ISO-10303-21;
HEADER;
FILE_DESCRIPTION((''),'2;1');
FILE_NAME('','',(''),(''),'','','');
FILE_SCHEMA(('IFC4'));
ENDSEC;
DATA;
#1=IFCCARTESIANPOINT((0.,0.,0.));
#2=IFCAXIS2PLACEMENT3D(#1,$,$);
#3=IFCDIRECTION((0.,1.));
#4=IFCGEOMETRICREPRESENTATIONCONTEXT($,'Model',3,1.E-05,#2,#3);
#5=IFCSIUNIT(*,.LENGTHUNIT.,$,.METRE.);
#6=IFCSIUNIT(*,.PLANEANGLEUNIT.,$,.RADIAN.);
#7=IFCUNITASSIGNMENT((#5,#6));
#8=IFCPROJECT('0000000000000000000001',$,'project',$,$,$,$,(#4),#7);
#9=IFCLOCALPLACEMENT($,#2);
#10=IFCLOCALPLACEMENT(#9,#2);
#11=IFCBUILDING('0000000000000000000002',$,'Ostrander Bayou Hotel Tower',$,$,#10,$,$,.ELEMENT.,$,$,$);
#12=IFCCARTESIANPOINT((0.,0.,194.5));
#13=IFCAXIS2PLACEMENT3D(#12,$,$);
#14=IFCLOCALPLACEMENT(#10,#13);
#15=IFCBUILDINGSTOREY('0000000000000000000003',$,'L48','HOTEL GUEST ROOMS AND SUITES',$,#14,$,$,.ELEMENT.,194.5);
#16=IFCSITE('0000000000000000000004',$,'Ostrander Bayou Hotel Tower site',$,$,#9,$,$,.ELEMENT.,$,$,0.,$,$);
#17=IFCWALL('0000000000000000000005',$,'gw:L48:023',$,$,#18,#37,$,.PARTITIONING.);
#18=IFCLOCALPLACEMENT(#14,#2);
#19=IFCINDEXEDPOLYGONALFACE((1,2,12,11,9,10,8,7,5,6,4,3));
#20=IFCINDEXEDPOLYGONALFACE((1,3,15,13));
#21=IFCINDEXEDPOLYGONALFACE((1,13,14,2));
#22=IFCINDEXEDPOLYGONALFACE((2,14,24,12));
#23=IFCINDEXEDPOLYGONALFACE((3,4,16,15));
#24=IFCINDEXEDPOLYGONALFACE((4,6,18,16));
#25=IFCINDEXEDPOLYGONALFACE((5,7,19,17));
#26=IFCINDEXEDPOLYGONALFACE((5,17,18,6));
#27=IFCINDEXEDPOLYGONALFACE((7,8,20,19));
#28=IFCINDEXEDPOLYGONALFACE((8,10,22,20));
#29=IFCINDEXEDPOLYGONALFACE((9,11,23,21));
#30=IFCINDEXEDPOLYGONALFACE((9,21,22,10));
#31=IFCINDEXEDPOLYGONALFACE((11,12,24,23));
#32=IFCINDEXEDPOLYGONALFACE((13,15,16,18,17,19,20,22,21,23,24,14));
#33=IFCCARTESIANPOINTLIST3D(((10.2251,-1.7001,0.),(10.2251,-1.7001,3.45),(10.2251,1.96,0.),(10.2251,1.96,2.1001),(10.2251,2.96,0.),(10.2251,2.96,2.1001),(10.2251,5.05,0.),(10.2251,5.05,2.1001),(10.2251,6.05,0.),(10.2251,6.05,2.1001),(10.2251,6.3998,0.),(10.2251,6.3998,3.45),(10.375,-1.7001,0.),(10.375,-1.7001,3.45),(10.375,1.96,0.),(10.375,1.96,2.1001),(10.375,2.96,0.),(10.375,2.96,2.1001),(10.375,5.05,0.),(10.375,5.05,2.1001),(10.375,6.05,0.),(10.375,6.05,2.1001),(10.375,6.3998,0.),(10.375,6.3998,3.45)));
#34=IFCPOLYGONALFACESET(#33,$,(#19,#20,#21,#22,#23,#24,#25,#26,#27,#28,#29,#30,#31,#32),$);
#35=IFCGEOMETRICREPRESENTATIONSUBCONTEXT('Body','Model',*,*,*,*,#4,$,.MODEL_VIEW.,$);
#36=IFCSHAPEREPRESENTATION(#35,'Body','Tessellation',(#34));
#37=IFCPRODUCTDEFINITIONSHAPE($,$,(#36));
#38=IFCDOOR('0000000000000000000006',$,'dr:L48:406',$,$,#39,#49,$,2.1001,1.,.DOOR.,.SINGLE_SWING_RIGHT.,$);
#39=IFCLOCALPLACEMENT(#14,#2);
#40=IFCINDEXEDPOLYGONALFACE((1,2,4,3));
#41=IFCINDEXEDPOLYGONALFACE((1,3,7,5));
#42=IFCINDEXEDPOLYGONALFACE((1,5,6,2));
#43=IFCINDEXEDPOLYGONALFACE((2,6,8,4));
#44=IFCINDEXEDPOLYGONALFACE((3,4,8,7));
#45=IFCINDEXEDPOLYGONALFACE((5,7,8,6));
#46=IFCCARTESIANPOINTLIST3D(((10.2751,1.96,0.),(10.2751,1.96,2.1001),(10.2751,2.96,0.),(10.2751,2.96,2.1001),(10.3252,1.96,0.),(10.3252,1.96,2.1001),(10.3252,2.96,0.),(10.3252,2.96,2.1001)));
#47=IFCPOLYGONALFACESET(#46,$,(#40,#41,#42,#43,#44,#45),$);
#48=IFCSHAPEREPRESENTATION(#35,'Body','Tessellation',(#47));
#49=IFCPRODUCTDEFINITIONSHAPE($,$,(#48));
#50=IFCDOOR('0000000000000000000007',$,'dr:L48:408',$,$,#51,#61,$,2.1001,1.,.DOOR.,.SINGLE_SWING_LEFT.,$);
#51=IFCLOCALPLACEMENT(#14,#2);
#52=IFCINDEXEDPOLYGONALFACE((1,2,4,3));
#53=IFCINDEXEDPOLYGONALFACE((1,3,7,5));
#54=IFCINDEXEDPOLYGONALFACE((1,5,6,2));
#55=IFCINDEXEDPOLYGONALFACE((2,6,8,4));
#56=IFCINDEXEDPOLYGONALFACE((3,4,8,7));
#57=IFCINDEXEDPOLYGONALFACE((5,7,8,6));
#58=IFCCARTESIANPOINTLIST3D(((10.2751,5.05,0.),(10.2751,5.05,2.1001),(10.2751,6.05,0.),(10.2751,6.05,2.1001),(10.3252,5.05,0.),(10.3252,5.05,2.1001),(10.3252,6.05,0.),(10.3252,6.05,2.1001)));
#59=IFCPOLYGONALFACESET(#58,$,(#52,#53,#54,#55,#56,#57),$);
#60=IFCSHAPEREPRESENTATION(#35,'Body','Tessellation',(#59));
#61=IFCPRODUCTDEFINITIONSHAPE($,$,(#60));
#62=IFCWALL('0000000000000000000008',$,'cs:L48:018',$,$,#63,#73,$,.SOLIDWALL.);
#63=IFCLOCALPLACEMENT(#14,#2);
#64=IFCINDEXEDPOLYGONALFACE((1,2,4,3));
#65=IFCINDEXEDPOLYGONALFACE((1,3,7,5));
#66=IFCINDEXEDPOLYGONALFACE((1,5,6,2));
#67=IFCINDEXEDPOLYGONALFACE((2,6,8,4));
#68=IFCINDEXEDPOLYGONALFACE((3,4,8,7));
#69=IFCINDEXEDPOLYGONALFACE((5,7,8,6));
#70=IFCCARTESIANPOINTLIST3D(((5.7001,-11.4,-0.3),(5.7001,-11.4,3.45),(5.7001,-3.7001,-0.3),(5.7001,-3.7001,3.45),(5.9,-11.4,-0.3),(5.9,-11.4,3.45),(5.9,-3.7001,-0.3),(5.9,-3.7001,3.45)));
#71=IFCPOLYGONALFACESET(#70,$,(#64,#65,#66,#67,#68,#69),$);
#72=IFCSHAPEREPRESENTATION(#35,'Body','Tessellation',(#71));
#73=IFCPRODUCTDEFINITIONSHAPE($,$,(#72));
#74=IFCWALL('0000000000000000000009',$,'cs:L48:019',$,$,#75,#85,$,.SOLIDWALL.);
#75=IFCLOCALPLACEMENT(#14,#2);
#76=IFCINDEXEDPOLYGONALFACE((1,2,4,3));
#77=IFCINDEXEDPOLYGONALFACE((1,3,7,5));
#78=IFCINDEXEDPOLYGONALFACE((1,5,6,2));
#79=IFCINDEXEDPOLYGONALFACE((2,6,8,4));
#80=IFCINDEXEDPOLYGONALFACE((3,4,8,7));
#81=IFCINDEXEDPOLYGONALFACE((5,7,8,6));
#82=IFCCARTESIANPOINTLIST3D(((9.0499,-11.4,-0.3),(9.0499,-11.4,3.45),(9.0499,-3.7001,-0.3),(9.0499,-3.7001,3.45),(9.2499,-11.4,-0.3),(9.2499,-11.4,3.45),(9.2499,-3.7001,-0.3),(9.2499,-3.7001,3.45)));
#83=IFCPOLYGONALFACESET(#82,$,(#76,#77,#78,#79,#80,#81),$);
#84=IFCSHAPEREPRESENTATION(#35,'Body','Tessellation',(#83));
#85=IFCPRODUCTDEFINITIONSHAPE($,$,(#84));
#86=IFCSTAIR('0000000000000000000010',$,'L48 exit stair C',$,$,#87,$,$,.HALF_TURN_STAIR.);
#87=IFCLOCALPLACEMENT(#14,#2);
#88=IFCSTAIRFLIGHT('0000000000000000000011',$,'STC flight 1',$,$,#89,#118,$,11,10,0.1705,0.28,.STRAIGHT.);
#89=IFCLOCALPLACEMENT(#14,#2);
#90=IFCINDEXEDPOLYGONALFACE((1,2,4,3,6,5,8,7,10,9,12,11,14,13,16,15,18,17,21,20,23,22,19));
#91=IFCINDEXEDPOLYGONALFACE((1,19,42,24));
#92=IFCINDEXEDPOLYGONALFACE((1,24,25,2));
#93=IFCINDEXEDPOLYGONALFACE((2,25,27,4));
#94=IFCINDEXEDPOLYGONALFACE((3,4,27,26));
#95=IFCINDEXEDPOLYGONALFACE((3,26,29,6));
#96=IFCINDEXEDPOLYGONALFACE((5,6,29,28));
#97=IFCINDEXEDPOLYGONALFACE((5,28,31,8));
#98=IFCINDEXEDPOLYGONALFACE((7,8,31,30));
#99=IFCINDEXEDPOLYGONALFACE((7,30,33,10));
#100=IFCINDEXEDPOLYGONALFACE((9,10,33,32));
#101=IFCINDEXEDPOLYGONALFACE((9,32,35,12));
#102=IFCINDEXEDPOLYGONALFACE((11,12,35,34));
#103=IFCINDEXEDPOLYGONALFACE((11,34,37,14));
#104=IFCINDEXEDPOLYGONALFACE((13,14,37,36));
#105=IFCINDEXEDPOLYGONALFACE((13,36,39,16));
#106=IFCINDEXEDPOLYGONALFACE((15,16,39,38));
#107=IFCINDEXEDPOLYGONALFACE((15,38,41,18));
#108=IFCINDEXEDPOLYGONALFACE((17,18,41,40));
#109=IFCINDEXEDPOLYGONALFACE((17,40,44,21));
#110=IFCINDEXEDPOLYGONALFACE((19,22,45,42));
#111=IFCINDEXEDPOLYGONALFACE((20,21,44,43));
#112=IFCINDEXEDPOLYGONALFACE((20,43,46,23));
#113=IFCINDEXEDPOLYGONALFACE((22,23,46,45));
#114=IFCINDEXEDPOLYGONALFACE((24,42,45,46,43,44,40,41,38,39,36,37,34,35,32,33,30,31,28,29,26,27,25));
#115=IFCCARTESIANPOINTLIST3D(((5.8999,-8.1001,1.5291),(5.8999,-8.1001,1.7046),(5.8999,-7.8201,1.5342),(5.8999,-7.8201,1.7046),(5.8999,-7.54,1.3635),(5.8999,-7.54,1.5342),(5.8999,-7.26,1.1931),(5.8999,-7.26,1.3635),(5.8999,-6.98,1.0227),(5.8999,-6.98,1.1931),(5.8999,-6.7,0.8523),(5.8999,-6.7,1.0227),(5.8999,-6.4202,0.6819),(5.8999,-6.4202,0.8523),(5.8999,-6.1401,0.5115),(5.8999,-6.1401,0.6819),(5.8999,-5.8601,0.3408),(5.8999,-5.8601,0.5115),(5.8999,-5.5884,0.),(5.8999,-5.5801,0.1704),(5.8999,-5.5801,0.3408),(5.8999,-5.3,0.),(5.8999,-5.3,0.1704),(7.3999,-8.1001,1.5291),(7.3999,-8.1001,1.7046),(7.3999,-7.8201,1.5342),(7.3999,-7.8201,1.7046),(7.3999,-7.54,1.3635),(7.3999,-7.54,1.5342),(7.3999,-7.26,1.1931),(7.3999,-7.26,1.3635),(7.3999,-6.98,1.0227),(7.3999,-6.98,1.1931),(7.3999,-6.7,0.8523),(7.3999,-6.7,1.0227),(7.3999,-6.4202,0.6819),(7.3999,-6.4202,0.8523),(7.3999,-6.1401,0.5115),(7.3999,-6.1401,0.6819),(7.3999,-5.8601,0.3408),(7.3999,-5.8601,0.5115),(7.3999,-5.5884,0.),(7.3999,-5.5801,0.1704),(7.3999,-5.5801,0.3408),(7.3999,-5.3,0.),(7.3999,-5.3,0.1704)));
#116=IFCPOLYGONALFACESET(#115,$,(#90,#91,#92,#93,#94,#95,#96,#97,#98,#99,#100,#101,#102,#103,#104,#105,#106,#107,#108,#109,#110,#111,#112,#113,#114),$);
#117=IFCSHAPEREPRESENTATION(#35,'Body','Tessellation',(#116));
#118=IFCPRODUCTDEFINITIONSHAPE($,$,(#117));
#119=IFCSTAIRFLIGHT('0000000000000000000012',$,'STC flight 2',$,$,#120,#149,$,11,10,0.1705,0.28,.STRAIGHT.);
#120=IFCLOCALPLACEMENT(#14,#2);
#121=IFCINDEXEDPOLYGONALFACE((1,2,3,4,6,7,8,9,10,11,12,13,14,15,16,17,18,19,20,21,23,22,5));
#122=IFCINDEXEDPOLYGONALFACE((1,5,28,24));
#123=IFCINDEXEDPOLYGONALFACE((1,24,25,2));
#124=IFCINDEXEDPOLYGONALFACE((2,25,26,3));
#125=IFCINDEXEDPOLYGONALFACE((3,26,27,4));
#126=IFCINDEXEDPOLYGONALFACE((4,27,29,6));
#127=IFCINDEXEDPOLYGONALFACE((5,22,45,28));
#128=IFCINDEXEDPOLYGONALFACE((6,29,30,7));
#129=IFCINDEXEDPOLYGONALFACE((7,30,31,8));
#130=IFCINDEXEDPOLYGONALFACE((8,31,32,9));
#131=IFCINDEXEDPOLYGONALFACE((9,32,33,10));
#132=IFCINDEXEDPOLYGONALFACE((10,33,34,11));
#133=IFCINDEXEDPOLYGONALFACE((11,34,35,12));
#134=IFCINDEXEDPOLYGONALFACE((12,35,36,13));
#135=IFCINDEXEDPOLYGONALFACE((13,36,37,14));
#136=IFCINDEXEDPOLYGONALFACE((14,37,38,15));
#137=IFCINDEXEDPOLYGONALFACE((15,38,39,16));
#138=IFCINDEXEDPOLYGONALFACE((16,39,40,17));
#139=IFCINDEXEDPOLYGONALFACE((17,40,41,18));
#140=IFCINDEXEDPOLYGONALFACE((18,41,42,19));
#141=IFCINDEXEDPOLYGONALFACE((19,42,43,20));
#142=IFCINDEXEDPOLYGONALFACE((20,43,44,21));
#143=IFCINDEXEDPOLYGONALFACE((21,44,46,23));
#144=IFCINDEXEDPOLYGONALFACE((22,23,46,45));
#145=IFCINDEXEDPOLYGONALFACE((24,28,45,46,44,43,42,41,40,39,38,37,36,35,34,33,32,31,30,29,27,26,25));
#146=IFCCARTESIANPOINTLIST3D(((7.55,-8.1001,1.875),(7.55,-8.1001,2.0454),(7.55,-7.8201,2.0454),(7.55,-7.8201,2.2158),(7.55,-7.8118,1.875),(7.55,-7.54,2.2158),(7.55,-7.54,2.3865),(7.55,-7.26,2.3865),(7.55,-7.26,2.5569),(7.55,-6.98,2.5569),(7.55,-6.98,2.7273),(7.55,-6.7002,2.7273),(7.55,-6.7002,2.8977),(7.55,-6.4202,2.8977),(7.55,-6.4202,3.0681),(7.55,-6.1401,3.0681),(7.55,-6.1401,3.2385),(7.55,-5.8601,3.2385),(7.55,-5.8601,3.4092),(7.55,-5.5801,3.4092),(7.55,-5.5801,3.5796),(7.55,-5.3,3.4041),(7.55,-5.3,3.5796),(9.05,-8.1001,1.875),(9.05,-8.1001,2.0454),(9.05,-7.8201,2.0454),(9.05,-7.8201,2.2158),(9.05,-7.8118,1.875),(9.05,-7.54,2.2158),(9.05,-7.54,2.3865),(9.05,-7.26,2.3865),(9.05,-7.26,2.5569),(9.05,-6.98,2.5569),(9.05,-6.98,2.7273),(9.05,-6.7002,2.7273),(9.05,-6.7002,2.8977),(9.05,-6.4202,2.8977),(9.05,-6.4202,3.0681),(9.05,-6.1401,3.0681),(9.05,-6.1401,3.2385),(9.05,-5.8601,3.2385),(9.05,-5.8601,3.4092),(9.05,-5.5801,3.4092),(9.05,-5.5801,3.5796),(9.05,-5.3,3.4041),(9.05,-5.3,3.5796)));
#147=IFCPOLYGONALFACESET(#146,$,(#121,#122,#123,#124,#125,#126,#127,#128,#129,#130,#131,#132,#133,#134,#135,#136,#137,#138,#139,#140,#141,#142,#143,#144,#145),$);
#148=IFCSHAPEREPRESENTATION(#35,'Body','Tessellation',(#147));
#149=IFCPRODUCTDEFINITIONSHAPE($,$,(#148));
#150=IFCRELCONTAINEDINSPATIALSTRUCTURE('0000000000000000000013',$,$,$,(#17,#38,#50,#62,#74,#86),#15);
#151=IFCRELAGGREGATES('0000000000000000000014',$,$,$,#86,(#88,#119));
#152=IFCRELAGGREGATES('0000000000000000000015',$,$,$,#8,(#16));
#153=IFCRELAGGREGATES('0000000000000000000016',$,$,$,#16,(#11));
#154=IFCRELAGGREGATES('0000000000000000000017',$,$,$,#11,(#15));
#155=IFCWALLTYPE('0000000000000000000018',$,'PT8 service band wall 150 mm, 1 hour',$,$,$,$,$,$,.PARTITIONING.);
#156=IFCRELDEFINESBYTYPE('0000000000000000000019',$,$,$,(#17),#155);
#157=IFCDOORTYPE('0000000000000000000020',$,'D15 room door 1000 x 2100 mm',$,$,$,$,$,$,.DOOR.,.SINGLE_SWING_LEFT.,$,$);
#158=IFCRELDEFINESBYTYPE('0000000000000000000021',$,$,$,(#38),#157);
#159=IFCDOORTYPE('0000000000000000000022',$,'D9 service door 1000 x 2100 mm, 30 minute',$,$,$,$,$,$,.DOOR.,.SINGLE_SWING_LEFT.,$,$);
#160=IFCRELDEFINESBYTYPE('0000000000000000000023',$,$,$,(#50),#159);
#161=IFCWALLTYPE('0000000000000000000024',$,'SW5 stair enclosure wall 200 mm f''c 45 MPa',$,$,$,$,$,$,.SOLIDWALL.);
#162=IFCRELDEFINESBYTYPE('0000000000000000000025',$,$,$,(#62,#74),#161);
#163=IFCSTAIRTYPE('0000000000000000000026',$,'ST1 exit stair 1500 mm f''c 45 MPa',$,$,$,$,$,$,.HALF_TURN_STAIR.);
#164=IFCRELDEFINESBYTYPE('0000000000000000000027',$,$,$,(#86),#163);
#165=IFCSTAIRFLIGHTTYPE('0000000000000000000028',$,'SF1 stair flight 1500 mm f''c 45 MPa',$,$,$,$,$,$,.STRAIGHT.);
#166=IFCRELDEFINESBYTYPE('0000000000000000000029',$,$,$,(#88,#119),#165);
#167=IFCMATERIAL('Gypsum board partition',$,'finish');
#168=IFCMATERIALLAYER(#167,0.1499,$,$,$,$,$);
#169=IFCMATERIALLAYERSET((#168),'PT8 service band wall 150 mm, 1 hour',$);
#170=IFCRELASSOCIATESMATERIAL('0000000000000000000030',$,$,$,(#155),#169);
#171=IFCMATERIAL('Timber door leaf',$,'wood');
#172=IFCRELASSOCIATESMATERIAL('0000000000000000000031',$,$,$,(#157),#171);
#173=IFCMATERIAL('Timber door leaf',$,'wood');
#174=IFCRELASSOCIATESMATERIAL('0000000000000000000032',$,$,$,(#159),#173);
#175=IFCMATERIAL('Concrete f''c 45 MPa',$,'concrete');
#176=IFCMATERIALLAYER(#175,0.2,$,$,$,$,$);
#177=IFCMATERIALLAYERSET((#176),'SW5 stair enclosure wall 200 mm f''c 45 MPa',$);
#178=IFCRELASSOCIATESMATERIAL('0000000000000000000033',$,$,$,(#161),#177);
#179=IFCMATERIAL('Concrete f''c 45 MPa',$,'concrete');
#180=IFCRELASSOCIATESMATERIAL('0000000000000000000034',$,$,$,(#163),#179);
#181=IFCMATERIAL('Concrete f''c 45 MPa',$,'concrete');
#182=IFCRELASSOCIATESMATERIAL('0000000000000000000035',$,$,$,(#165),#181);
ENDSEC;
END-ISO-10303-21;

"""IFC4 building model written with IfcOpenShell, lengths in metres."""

from ifc_helpers import new_model, si_unit, direction, frame, frame_2d, origin, place, context, subcontext, project, spatial, polyline, rectangle, outline, extrude, material, layer, layer_set, type_object, element, fill, aggregate, save


model = new_model("IFC4")

# Units and contexts
model_context = context("Model", 3, precision=1e-05, world=origin(), true_north=direction((0.0, 1.0)))
body_context = subcontext(model_context, "Body", "Model", "MODEL_VIEW")
ifc_project = project(units=[si_unit("LENGTHUNIT", "METRE"), si_unit("PLANEANGLEUNIT", "RADIAN")], contexts=[model_context])

# Site, building, storey
site_placement = place(None, origin())
site = spatial("IfcSite", under=ifc_project, at=site_placement, Name="Ostrander Bayou Hotel Tower site", CompositionType="ELEMENT", RefElevation=0.0)
building_placement = place(site_placement, origin())
building = spatial("IfcBuilding", under=site, at=building_placement, Name="Ostrander Bayou Hotel Tower", CompositionType="ELEMENT")
storey_placement = place(building_placement, frame((0.0, 0.0, 194.5)))
storey = spatial("IfcBuildingStorey", under=building, at=storey_placement, Name="L48", Description="HOTEL GUEST ROOMS AND SUITES", CompositionType="ELEMENT", Elevation=194.5)

# Shared definitions
ifc_material_1 = material(Name="Gypsum board partition", Category="finish")
ifc_layer_1 = layer(ifc_material_1, 0.1499)
ifc_layer_set_1 = layer_set([ifc_layer_1], Name="PT8 service band wall 150 mm, 1 hour")
wall_type_1 = type_object("IfcWallType", Name="PT8 service band wall 150 mm, 1 hour", PredefinedType="PARTITIONING", material=ifc_layer_set_1)

# Wall, openings, doors
wall_1_placement = place(storey_placement, frame((10.3, -1.7, 0.0), z_axis=(0.0, 0.0, 1.0), x_axis=(0.0, 1.0, 0.0)))
wall_1 = element("IfcWall", 1, at=wall_1_placement, inside=storey, type_object=wall_type_1, Name="gw:L48:023", PredefinedType="PARTITIONING", context=body_context, shape_type="SweptSolid", body=[
    extrude(rectangle(XDim=8.0999, YDim=0.1499, at=frame_2d((4.0498, 0.0))), origin(), (0.0, 0.0, 1.0), 3.45),
])
opening_1_placement = place(wall_1_placement, frame((3.6599, 0.0, 0.0)))
opening_1 = element("IfcOpeningElement", 2, at=opening_1_placement, cuts=wall_1, PredefinedType="OPENING", context=body_context, shape_type="SweptSolid", body=[
    extrude(rectangle(XDim=1.0, YDim=2.1001, at=frame_2d((0.5, 1.05))), frame((0.0, 0.075, 0.0), z_axis=(0.0, -1.0, 0.0), x_axis=(1.0, 0.0, 0.0)), (0.0, 0.0, 1.0), 0.1499),
])
opening_2_placement = place(wall_1_placement, frame((6.75, 0.0, 0.0)))
opening_2 = element("IfcOpeningElement", 3, at=opening_2_placement, cuts=wall_1, PredefinedType="OPENING", context=body_context, shape_type="SweptSolid", body=[
    extrude(rectangle(XDim=1.0, YDim=2.1001, at=frame_2d((0.5, 1.05))), frame((0.0, 0.075, 0.0), z_axis=(0.0, -1.0, 0.0), x_axis=(1.0, 0.0, 0.0)), (0.0, 0.0, 1.0), 0.1499),
])
ifc_material_2 = material(Name="Timber door leaf", Category="wood")
door_type_1 = type_object("IfcDoorType", Name="D15 room door 1000 x 2100 mm", OperationType="SINGLE_SWING_LEFT", PredefinedType="DOOR", material=ifc_material_2)
door_1_placement = place(opening_1_placement, origin())
door_1 = element("IfcDoor", 4, at=door_1_placement, inside=storey, type_object=door_type_1, Name="dr:L48:406", OperationType="SINGLE_SWING_RIGHT", OverallHeight=2.1001, OverallWidth=1.0, PredefinedType="DOOR", context=body_context, shape_type="SweptSolid", body=[
    extrude(rectangle(XDim=1.0, YDim=2.1001, at=frame_2d((0.5, 1.05))), frame((0.0, 0.0249, 0.0), z_axis=(0.0, -1.0, 0.0), x_axis=(1.0, 0.0, 0.0)), (0.0, 0.0, 1.0), 0.05),
])
fill(opening_1, door_1)
ifc_material_3 = material(Name="Timber door leaf", Category="wood")
door_type_2 = type_object("IfcDoorType", Name="D9 service door 1000 x 2100 mm, 30 minute", OperationType="SINGLE_SWING_LEFT", PredefinedType="DOOR", material=ifc_material_3)
door_2_placement = place(opening_2_placement, origin())
door_2 = element("IfcDoor", 5, at=door_2_placement, inside=storey, type_object=door_type_2, Name="dr:L48:408", OperationType="SINGLE_SWING_LEFT", OverallHeight=2.1001, OverallWidth=1.0, PredefinedType="DOOR", context=body_context, shape_type="SweptSolid", body=[
    extrude(rectangle(XDim=1.0, YDim=2.1001, at=frame_2d((0.5, 1.05))), frame((0.0, 0.0249, 0.0), z_axis=(0.0, -1.0, 0.0), x_axis=(1.0, 0.0, 0.0)), (0.0, 0.0, 1.0), 0.05),
])
fill(opening_2, door_2)

# Shared definitions
ifc_material_4 = material(Name="Concrete f'c 45 MPa", Category="concrete")
ifc_layer_2 = layer(ifc_material_4, 0.2)
ifc_layer_set_2 = layer_set([ifc_layer_2], Name="SW5 stair enclosure wall 200 mm f'c 45 MPa")
wall_type_2 = type_object("IfcWallType", Name="SW5 stair enclosure wall 200 mm f'c 45 MPa", PredefinedType="SOLIDWALL", material=ifc_layer_set_2)

# Walls
for number, where, z_axis, x_axis, name in (
    (6, (5.8, -3.7, -0.3), (0.0, 0.0, 1.0), (0.0, -1.0, 0.0), "cs:L48:018"),
    (7, (9.1499, -3.7, -0.3), (0.0, 0.0, 1.0), (0.0, -1.0, 0.0), "cs:L48:019"),
):
    element("IfcWall", number, at=place(storey_placement, frame(where, z_axis=z_axis, x_axis=x_axis)), inside=storey, type_object=wall_type_2, Name=name, PredefinedType="SOLIDWALL", context=body_context, shape_type="SweptSolid", body=[
        extrude(rectangle(XDim=7.7, YDim=0.2, at=frame_2d((3.8501, 0.0))), origin(), (0.0, 0.0, 1.0), 3.75),
    ])

# Stair, stair flights
ifc_material_5 = material(Name="Concrete f'c 45 MPa", Category="concrete")
stair_type = type_object("IfcStairType", Name="ST1 exit stair 1500 mm f'c 45 MPa", PredefinedType="HALF_TURN_STAIR", material=ifc_material_5)
stair_placement = place(storey_placement, origin())
stair = element("IfcStair", 8, at=stair_placement, inside=storey, type_object=stair_type, Name="L48 exit stair C", PredefinedType="HALF_TURN_STAIR")
ifc_material_6 = material(Name="Concrete f'c 45 MPa", Category="concrete")
stair_flight_type = type_object("IfcStairFlightType", Name="SF1 stair flight 1500 mm f'c 45 MPa", PredefinedType="STRAIGHT", material=ifc_material_6)
stair_flight_1_placement = place(storey_placement, frame((6.6499, -5.3, 0.0), z_axis=(0.0, 0.0, 1.0), x_axis=(0.0, -1.0, 0.0)))
stair_flight_1 = element("IfcStairFlight", 9, at=stair_flight_1_placement, type_object=stair_flight_type, Name="STC flight 1", NumberOfRisers=11, NumberOfTreads=10, PredefinedType="STRAIGHT", RiserHeight=0.1705, TreadLength=0.28, context=body_context, shape_type="SweptSolid", body=[
    extrude(outline(polyline([(0.0, 0.0), (0.0, 0.1704), (0.28, 0.1704), (0.28, 0.3408), (0.5601, 0.3408), (0.5601, 0.5115), (0.8401, 0.5115), (0.8401, 0.6819), (1.1201, 0.6819), (1.1201, 0.8523), (1.3999, 0.8523), (1.3999, 1.0227), (1.6799, 1.0227), (1.6799, 1.1931), (1.96, 1.1931), (1.96, 1.3635), (2.24, 1.3635), (2.24, 1.5342), (2.52, 1.5342), (2.52, 1.7046), (2.8, 1.7046), (2.8, 1.875), (2.8, 1.5291), (0.2883, 0.0), (0.0, 0.0)])), frame((0.0, 0.75, 0.0), z_axis=(0.0, -1.0, 0.0), x_axis=(1.0, 0.0, 0.0)), (0.0, 0.0, 1.0), 1.5),
])
stair_flight_2_placement = place(storey_placement, frame((8.3, -8.1001, 1.875), z_axis=(0.0, 0.0, 1.0), x_axis=(0.0, 1.0, 0.0)))
stair_flight_2 = element("IfcStairFlight", 10, at=stair_flight_2_placement, type_object=stair_flight_type, Name="STC flight 2", NumberOfRisers=11, NumberOfTreads=10, PredefinedType="STRAIGHT", RiserHeight=0.1705, TreadLength=0.28, context=body_context, shape_type="SweptSolid", body=[
    extrude(outline(polyline([(0.0, 0.0), (0.0, 0.1704), (0.28, 0.1704), (0.28, 0.3408), (0.5601, 0.3408), (0.5601, 0.5115), (0.8401, 0.5115), (0.8401, 0.6819), (1.1201, 0.6819), (1.1201, 0.8523), (1.3999, 0.8523), (1.3999, 1.0227), (1.6799, 1.0227), (1.6799, 1.1931), (1.96, 1.1931), (1.96, 1.3635), (2.24, 1.3635), (2.24, 1.5342), (2.52, 1.5342), (2.52, 1.7046), (2.8, 1.7046), (2.8, 1.875), (2.8, 1.5291), (0.2883, 0.0), (0.0, 0.0)])), frame((0.0, 0.75, 0.0), z_axis=(0.0, -1.0, 0.0), x_axis=(1.0, 0.0, 0.0)), (0.0, 0.0, 1.0), 1.5),
])
aggregate(stair, [stair_flight_1, stair_flight_2])

save(model, "model.ifc")
